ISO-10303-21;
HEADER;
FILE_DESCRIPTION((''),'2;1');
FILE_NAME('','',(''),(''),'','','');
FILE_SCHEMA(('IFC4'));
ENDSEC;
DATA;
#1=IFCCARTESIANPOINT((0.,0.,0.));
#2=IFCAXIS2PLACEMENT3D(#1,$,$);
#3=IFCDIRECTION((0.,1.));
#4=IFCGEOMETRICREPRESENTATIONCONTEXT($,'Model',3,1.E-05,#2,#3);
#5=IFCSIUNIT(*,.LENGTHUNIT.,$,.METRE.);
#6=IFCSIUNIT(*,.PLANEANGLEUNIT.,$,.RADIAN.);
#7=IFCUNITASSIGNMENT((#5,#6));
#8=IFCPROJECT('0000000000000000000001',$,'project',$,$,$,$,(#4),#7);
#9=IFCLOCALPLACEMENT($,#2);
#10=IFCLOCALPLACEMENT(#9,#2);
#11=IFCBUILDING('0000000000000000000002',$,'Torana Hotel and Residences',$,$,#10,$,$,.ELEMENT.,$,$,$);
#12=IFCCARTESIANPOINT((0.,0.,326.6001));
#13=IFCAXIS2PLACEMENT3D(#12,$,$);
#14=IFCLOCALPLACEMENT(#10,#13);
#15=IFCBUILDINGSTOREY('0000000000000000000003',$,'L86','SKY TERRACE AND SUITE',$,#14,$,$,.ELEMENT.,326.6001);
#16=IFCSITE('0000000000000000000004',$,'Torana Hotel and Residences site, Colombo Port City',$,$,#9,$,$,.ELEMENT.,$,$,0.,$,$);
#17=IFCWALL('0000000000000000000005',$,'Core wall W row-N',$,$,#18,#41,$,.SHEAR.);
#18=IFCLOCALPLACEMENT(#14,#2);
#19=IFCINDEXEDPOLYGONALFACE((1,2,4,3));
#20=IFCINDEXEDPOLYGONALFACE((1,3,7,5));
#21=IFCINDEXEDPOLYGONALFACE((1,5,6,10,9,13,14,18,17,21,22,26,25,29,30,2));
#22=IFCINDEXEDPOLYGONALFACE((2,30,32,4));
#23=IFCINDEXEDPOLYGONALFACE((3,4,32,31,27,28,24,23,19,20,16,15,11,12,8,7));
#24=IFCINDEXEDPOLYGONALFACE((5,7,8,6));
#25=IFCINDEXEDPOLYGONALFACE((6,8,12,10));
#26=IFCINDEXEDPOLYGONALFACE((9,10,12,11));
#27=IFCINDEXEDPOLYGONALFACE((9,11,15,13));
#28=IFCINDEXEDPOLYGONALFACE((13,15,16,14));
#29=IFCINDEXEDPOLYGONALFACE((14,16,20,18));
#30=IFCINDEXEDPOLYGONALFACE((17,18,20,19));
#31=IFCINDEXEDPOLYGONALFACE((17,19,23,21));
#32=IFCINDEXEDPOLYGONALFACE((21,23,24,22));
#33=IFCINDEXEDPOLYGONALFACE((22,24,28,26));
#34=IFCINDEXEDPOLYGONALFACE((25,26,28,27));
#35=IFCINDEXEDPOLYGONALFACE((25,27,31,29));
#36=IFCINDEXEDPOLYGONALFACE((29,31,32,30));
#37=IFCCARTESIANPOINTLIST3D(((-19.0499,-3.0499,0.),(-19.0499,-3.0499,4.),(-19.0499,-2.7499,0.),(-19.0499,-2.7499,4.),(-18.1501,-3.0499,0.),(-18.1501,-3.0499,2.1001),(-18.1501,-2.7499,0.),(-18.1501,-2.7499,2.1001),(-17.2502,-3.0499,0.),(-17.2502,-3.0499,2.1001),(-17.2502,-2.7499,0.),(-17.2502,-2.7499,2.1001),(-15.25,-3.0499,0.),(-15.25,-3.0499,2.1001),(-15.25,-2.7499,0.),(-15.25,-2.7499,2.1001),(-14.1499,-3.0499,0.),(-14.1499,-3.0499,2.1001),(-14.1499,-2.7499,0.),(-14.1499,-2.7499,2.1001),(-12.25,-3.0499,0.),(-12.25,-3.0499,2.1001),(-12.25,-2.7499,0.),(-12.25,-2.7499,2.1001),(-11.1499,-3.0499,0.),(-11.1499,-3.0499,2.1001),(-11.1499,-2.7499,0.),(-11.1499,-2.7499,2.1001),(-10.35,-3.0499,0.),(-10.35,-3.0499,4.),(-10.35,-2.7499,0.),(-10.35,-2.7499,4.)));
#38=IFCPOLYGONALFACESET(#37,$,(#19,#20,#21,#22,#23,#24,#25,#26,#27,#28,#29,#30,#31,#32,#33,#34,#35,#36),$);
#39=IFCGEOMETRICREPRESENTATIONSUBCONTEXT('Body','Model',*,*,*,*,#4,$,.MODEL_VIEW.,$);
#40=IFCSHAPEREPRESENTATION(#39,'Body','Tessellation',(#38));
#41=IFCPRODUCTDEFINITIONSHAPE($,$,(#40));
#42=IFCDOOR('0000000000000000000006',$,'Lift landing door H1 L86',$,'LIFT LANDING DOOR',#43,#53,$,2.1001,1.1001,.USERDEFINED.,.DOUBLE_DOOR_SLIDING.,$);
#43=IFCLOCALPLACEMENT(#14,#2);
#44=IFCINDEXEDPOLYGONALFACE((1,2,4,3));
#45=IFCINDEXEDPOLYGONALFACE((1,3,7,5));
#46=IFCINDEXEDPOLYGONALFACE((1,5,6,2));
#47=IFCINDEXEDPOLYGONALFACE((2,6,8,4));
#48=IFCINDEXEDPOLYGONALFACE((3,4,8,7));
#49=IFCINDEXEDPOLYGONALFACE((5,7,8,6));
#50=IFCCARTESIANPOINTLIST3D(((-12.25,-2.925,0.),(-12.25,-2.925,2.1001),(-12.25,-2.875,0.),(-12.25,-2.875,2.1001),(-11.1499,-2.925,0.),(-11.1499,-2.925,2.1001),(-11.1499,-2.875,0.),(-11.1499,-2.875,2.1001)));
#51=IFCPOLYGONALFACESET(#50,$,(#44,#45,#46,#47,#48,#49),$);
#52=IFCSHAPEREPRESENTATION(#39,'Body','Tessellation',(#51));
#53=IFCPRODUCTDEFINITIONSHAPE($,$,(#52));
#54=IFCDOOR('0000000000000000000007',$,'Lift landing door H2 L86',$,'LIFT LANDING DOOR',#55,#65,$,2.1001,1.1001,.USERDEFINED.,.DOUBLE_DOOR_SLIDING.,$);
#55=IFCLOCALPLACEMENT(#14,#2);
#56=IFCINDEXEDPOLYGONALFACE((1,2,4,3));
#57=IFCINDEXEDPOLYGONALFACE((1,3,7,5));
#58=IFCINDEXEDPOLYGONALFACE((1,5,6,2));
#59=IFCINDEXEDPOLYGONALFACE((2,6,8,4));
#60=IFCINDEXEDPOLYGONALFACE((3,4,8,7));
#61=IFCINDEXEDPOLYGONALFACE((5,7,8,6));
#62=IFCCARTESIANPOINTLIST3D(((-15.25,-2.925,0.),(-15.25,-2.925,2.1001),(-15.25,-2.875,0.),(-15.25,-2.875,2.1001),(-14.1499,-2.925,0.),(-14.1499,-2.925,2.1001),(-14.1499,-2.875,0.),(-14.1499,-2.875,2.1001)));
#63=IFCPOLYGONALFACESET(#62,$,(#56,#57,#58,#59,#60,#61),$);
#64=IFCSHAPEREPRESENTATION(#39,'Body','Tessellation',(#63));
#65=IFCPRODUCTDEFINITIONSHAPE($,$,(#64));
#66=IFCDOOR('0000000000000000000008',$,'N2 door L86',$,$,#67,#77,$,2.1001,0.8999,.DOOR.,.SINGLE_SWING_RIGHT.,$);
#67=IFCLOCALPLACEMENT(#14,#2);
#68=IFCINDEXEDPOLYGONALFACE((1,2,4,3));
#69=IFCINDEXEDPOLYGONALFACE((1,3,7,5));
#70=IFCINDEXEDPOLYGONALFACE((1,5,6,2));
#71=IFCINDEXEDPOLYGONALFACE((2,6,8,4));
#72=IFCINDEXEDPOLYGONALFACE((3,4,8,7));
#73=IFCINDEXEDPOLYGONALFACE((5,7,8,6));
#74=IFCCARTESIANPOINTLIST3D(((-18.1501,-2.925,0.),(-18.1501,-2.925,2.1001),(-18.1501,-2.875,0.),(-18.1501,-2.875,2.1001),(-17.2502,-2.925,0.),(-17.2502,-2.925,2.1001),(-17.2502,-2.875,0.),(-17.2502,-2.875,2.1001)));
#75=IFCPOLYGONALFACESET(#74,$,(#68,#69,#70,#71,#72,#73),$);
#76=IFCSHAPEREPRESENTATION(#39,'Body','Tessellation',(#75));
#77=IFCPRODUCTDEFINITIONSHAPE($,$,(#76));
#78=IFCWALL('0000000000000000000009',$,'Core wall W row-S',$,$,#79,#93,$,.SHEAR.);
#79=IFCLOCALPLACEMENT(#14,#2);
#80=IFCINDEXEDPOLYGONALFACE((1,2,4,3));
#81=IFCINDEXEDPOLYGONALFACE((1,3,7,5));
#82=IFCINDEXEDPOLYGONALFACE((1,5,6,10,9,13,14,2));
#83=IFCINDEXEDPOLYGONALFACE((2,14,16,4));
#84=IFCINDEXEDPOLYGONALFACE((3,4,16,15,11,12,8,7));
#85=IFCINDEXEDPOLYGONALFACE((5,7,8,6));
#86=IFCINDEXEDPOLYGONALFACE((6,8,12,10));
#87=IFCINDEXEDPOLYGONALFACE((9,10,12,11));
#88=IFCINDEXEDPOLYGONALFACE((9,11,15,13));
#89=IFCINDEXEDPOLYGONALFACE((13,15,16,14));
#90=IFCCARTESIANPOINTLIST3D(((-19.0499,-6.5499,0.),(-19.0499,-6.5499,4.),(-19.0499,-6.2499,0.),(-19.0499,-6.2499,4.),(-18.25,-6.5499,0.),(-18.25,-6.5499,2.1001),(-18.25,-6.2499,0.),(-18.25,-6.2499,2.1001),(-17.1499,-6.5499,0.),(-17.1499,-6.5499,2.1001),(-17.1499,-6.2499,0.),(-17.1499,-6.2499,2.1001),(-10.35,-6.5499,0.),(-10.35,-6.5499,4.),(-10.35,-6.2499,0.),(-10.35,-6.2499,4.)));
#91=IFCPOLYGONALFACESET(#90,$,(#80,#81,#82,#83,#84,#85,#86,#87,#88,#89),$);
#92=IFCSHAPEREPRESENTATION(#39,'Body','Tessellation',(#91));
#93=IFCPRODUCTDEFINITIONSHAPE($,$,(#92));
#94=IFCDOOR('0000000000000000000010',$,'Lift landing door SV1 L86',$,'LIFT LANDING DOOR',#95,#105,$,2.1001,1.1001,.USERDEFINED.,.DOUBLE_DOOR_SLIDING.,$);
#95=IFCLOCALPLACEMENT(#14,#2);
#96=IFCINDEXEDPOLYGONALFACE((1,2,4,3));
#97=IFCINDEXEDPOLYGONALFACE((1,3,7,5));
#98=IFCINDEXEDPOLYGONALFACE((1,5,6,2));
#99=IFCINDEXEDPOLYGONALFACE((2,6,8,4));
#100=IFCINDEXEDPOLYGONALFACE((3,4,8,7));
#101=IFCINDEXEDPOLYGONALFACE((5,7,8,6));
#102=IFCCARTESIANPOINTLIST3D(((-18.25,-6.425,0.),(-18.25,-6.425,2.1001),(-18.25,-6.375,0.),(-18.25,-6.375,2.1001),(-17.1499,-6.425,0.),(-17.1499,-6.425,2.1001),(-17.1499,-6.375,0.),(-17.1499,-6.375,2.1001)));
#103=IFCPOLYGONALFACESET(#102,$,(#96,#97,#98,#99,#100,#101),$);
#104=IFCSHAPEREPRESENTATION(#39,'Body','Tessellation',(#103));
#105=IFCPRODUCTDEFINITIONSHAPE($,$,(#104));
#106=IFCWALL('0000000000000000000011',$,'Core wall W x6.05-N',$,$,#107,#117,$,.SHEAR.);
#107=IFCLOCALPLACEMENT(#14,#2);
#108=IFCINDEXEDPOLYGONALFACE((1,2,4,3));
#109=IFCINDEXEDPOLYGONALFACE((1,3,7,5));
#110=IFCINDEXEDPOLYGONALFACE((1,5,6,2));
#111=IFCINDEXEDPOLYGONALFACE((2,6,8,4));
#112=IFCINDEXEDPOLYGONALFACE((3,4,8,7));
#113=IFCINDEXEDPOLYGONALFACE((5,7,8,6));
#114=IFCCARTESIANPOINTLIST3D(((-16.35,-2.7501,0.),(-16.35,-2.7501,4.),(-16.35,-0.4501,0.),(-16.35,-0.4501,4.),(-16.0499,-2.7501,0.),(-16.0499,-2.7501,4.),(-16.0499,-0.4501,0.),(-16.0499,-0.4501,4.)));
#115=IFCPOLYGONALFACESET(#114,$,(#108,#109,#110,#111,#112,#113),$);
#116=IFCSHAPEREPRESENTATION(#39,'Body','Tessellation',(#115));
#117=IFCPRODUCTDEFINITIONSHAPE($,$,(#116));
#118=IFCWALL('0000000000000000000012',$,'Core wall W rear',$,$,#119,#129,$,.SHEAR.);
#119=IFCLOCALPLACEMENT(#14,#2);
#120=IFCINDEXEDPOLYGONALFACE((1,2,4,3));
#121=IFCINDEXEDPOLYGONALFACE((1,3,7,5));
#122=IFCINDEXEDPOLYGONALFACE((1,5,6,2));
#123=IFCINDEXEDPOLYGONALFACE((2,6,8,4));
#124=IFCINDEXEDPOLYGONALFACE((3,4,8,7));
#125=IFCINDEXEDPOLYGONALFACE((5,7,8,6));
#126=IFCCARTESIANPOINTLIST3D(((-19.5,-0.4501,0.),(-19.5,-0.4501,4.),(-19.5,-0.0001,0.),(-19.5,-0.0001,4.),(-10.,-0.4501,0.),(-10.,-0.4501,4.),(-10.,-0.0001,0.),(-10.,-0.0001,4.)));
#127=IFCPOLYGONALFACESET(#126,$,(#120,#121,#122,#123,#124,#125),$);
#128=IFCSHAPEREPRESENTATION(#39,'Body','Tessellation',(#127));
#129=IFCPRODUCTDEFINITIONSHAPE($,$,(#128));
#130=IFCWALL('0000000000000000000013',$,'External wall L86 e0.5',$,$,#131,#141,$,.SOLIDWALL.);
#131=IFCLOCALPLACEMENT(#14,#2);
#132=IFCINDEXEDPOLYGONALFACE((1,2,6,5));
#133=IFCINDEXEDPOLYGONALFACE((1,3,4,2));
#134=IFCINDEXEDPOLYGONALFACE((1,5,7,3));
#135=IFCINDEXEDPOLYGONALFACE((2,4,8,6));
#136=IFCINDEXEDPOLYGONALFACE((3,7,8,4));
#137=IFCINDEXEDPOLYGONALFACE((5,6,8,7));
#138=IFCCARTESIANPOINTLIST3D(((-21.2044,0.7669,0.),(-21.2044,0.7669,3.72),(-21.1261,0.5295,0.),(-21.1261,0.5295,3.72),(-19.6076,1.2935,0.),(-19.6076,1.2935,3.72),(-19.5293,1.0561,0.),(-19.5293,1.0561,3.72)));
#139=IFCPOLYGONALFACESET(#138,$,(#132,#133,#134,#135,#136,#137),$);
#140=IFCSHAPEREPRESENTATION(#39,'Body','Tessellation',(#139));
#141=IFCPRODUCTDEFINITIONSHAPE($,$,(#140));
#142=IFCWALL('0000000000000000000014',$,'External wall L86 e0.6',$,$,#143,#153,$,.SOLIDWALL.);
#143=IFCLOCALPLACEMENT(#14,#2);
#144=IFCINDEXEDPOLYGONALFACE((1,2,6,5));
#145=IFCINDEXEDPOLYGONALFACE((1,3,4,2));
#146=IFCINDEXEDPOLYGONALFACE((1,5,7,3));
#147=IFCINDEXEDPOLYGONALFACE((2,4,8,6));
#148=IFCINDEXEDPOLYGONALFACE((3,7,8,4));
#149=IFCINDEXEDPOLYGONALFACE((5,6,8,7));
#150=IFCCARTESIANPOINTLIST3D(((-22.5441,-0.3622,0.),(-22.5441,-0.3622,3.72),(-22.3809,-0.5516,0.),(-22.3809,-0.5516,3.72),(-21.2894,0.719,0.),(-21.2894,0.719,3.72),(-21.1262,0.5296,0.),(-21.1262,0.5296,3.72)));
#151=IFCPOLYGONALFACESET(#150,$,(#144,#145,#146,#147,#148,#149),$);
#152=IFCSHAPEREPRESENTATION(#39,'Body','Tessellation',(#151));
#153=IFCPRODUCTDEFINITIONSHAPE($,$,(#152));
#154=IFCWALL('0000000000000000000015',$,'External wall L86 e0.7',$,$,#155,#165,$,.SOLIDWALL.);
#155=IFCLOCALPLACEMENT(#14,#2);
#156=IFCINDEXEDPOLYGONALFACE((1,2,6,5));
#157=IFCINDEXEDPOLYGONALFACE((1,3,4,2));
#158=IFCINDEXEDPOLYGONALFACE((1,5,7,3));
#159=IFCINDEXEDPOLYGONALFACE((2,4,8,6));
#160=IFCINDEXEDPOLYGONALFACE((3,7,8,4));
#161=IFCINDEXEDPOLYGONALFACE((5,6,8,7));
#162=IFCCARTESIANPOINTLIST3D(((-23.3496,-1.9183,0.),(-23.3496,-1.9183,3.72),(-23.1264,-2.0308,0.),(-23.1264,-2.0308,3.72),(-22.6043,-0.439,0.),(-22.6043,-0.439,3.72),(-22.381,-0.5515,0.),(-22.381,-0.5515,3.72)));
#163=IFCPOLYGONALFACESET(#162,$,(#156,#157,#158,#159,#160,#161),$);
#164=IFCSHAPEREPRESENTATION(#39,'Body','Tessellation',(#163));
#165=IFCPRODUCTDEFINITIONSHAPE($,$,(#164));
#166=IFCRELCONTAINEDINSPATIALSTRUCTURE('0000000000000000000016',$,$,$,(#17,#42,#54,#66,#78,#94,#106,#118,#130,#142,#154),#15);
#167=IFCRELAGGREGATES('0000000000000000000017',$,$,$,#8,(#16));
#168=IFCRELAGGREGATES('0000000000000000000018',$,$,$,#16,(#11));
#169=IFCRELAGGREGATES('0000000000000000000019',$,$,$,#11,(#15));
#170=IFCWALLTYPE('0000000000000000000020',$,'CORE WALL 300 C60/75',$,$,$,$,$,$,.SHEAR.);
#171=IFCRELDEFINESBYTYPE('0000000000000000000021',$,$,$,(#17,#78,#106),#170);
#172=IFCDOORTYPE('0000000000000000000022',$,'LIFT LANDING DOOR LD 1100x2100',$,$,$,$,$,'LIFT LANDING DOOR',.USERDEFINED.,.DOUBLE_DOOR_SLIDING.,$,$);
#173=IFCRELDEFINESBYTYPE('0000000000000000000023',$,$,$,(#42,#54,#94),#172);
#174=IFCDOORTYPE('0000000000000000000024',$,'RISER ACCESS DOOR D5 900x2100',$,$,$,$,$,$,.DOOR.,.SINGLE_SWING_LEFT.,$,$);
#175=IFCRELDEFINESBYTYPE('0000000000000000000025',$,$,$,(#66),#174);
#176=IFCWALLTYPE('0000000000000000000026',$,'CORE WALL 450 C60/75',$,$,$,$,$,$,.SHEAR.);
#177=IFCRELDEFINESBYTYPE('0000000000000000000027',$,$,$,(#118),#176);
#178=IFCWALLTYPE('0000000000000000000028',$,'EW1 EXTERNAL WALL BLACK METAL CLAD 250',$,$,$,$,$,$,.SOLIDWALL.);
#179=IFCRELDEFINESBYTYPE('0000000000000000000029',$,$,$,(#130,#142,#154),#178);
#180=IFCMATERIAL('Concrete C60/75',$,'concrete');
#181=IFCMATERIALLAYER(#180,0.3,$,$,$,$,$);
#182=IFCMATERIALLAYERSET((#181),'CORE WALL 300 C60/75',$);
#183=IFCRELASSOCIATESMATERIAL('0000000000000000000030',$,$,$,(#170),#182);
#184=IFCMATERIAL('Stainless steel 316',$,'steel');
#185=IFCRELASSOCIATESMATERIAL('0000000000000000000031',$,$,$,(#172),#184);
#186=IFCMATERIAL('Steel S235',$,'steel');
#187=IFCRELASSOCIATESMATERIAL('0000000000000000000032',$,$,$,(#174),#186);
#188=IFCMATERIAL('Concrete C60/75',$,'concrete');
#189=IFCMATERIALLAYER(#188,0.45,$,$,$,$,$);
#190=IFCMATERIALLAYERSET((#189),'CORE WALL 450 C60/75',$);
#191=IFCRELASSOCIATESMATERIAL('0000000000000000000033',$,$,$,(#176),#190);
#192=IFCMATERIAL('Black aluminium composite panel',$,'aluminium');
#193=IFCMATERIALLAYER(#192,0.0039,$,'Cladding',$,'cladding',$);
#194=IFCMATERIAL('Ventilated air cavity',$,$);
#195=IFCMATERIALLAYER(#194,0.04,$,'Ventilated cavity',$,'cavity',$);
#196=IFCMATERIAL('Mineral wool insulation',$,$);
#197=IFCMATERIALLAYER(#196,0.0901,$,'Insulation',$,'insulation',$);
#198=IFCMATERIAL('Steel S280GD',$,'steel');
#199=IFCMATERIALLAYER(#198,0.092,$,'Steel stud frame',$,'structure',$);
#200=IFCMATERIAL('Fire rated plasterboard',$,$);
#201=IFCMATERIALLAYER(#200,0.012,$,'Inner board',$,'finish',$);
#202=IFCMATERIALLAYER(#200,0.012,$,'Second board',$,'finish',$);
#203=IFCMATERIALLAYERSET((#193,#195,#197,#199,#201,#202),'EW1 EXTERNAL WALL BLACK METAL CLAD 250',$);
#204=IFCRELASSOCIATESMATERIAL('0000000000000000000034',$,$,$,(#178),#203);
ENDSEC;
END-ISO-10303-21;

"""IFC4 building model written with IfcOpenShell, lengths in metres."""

from ifc_helpers import new_model, si_unit, direction, frame, frame_2d, origin, place, context, subcontext, project, spatial, rectangle, extrude, material, layer, layer_set, type_object, element, fill, save


model = new_model("IFC4")

# Units and contexts
model_context = context("Model", 3, precision=1e-05, world=origin(), true_north=direction((0.0, 1.0)))
body_context = subcontext(model_context, "Body", "Model", "MODEL_VIEW")
ifc_project = project(units=[si_unit("LENGTHUNIT", "METRE"), si_unit("PLANEANGLEUNIT", "RADIAN")], contexts=[model_context])

# Site, building, storey
site_placement = place(None, origin())
site = spatial("IfcSite", under=ifc_project, at=site_placement, Name="Torana Hotel and Residences site, Colombo Port City", CompositionType="ELEMENT", RefElevation=0.0)
building_placement = place(site_placement, origin())
building = spatial("IfcBuilding", under=site, at=building_placement, Name="Torana Hotel and Residences", CompositionType="ELEMENT")
storey_placement = place(building_placement, frame((0.0, 0.0, 326.6001)))
storey = spatial("IfcBuildingStorey", under=building, at=storey_placement, Name="L86", Description="SKY TERRACE AND SUITE", CompositionType="ELEMENT", Elevation=326.6001)

# Wall, openings, doors
ifc_material_1 = material(Name="Concrete C60/75", Category="concrete")
ifc_layer_1 = layer(ifc_material_1, 0.3)
ifc_layer_set_1 = layer_set([ifc_layer_1], Name="CORE WALL 300 C60/75")
wall_type_1 = type_object("IfcWallType", Name="CORE WALL 300 C60/75", PredefinedType="SHEAR", material=ifc_layer_set_1)
wall_1_placement = place(storey_placement, frame((-19.05, -2.8999, 0.0), z_axis=(0.0, 0.0, 1.0), x_axis=(1.0, 0.0, 0.0)))
wall_1 = element("IfcWall", 1, at=wall_1_placement, inside=storey, type_object=wall_type_1, Name="Core wall W row-N", PredefinedType="SHEAR", context=body_context, shape_type="SweptSolid", body=[
    extrude(rectangle(XDim=8.7, YDim=0.3, at=frame_2d((4.3501, 0.0))), origin(), (0.0, 0.0, 1.0), 4.0),
])
opening_1_placement = place(wall_1_placement, frame((6.8, 0.0, 0.0)))
opening_1 = element("IfcOpeningElement", 2, at=opening_1_placement, cuts=wall_1, PredefinedType="OPENING", context=body_context, shape_type="SweptSolid", body=[
    extrude(rectangle(XDim=1.1001, YDim=2.1001, at=frame_2d((0.55, 1.05))), frame((0.0, 0.1599, 0.0), z_axis=(0.0, -1.0, 0.0), x_axis=(1.0, 0.0, 0.0)), (0.0, 0.0, 1.0), 0.3201),
])
opening_2_placement = place(wall_1_placement, frame((3.8, 0.0, 0.0)))
opening_2 = element("IfcOpeningElement", 3, at=opening_2_placement, cuts=wall_1, PredefinedType="OPENING", context=body_context, shape_type="SweptSolid", body=[
    extrude(rectangle(XDim=1.1001, YDim=2.1001, at=frame_2d((0.55, 1.05))), frame((0.0, 0.1599, 0.0), z_axis=(0.0, -1.0, 0.0), x_axis=(1.0, 0.0, 0.0)), (0.0, 0.0, 1.0), 0.3201),
])
opening_3_placement = place(wall_1_placement, frame((0.8999, 0.0, 0.0)))
opening_3 = element("IfcOpeningElement", 4, at=opening_3_placement, cuts=wall_1, PredefinedType="OPENING", context=body_context, shape_type="SweptSolid", body=[
    extrude(rectangle(XDim=0.8999, YDim=2.1001, at=frame_2d((0.45, 1.05))), frame((0.0, 0.1599, 0.0), z_axis=(0.0, -1.0, 0.0), x_axis=(1.0, 0.0, 0.0)), (0.0, 0.0, 1.0), 0.3201),
])
ifc_material_2 = material(Name="Stainless steel 316", Category="steel")
door_type_1 = type_object("IfcDoorType", Name="LIFT LANDING DOOR LD 1100x2100", ElementType="LIFT LANDING DOOR", OperationType="DOUBLE_DOOR_SLIDING", PredefinedType="USERDEFINED", material=ifc_material_2)
door_1_placement = place(opening_1_placement, origin())
door_1 = element("IfcDoor", 5, at=door_1_placement, inside=storey, type_object=door_type_1, Name="Lift landing door H1 L86", ObjectType="LIFT LANDING DOOR", OperationType="DOUBLE_DOOR_SLIDING", OverallHeight=2.1001, OverallWidth=1.1001, PredefinedType="USERDEFINED", context=body_context, shape_type="SweptSolid", body=[
    extrude(rectangle(XDim=1.1001, YDim=2.1001, at=frame_2d((0.55, 1.05))), frame((0.0, 0.0249, 0.0), z_axis=(0.0, -1.0, 0.0), x_axis=(1.0, 0.0, 0.0)), (0.0, 0.0, 1.0), 0.05),
])
fill(opening_1, door_1)
door_2_placement = place(opening_2_placement, origin())
door_2 = element("IfcDoor", 6, at=door_2_placement, inside=storey, type_object=door_type_1, Name="Lift landing door H2 L86", ObjectType="LIFT LANDING DOOR", OperationType="DOUBLE_DOOR_SLIDING", OverallHeight=2.1001, OverallWidth=1.1001, PredefinedType="USERDEFINED", context=body_context, shape_type="SweptSolid", body=[
    extrude(rectangle(XDim=1.1001, YDim=2.1001, at=frame_2d((0.55, 1.05))), frame((0.0, 0.0249, 0.0), z_axis=(0.0, -1.0, 0.0), x_axis=(1.0, 0.0, 0.0)), (0.0, 0.0, 1.0), 0.05),
])
fill(opening_2, door_2)
ifc_material_3 = material(Name="Steel S235", Category="steel")
door_type_2 = type_object("IfcDoorType", Name="RISER ACCESS DOOR D5 900x2100", OperationType="SINGLE_SWING_LEFT", PredefinedType="DOOR", material=ifc_material_3)
door_3_placement = place(opening_3_placement, origin())
door_3 = element("IfcDoor", 7, at=door_3_placement, inside=storey, type_object=door_type_2, Name="N2 door L86", OperationType="SINGLE_SWING_RIGHT", OverallHeight=2.1001, OverallWidth=0.8999, PredefinedType="DOOR", context=body_context, shape_type="SweptSolid", body=[
    extrude(rectangle(XDim=0.8999, YDim=2.1001, at=frame_2d((0.45, 1.05))), frame((0.0, 0.0249, 0.0), z_axis=(0.0, -1.0, 0.0), x_axis=(1.0, 0.0, 0.0)), (0.0, 0.0, 1.0), 0.05),
])
fill(opening_3, door_3)

# Wall, opening, door
wall_2_placement = place(storey_placement, frame((-19.05, -6.3999, 0.0), z_axis=(0.0, 0.0, 1.0), x_axis=(1.0, 0.0, 0.0)))
wall_2 = element("IfcWall", 8, at=wall_2_placement, inside=storey, type_object=wall_type_1, Name="Core wall W row-S", PredefinedType="SHEAR", context=body_context, shape_type="SweptSolid", body=[
    extrude(rectangle(XDim=8.7, YDim=0.3, at=frame_2d((4.3501, 0.0))), origin(), (0.0, 0.0, 1.0), 4.0),
])
opening_4_placement = place(wall_2_placement, frame((0.8, 0.0, 0.0)))
opening_4 = element("IfcOpeningElement", 9, at=opening_4_placement, cuts=wall_2, PredefinedType="OPENING", context=body_context, shape_type="SweptSolid", body=[
    extrude(rectangle(XDim=1.1001, YDim=2.1001, at=frame_2d((0.55, 1.05))), frame((0.0, 0.1599, 0.0), z_axis=(0.0, -1.0, 0.0), x_axis=(1.0, 0.0, 0.0)), (0.0, 0.0, 1.0), 0.3201),
])
door_4_placement = place(opening_4_placement, origin())
door_4 = element("IfcDoor", 10, at=door_4_placement, inside=storey, type_object=door_type_1, Name="Lift landing door SV1 L86", ObjectType="LIFT LANDING DOOR", OperationType="DOUBLE_DOOR_SLIDING", OverallHeight=2.1001, OverallWidth=1.1001, PredefinedType="USERDEFINED", context=body_context, shape_type="SweptSolid", body=[
    extrude(rectangle(XDim=1.1001, YDim=2.1001, at=frame_2d((0.55, 1.05))), frame((0.0, 0.0249, 0.0), z_axis=(0.0, -1.0, 0.0), x_axis=(1.0, 0.0, 0.0)), (0.0, 0.0, 1.0), 0.05),
])
fill(opening_4, door_4)

# Walls
wall_3_placement = place(storey_placement, frame((-16.2, -2.75, 0.0), z_axis=(0.0, 0.0, 1.0), x_axis=(0.0, 1.0, 0.0)))
element("IfcWall", 11, at=wall_3_placement, inside=storey, type_object=wall_type_1, Name="Core wall W x6.05-N", PredefinedType="SHEAR", context=body_context, shape_type="SweptSolid", body=[
    extrude(rectangle(XDim=2.3, YDim=0.3, at=frame_2d((1.1499, 0.0))), origin(), (0.0, 0.0, 1.0), 4.0),
])
ifc_material_4 = material(Name="Concrete C60/75", Category="concrete")
ifc_layer_2 = layer(ifc_material_4, 0.45)
ifc_layer_set_2 = layer_set([ifc_layer_2], Name="CORE WALL 450 C60/75")
wall_type_2 = type_object("IfcWallType", Name="CORE WALL 450 C60/75", PredefinedType="SHEAR", material=ifc_layer_set_2)
wall_4_placement = place(storey_placement, frame((-19.5, -0.2251, 0.0), z_axis=(0.0, 0.0, 1.0), x_axis=(1.0, 0.0, 0.0)))
element("IfcWall", 12, at=wall_4_placement, inside=storey, type_object=wall_type_2, Name="Core wall W rear", PredefinedType="SHEAR", context=body_context, shape_type="SweptSolid", body=[
    extrude(rectangle(XDim=9.5, YDim=0.45, at=frame_2d((4.75, 0.0))), origin(), (0.0, 0.0, 1.0), 4.0),
])
ifc_material_5 = material(Name="Black aluminium composite panel", Category="aluminium")
ifc_layer_3 = layer(ifc_material_5, 0.0039, Name="Cladding", Category="cladding")
ifc_material_6 = material(Name="Ventilated air cavity")
ifc_layer_4 = layer(ifc_material_6, 0.04, Name="Ventilated cavity", Category="cavity")
ifc_material_7 = material(Name="Mineral wool insulation")
ifc_layer_5 = layer(ifc_material_7, 0.0901, Name="Insulation", Category="insulation")
ifc_material_8 = material(Name="Steel S280GD", Category="steel")
ifc_layer_6 = layer(ifc_material_8, 0.092, Name="Steel stud frame", Category="structure")
ifc_material_9 = material(Name="Fire rated plasterboard")
ifc_layer_7 = layer(ifc_material_9, 0.012, Name="Inner board", Category="finish")
ifc_layer_8 = layer(ifc_material_9, 0.012, Name="Second board", Category="finish")
ifc_layer_set_3 = layer_set([ifc_layer_3, ifc_layer_4, ifc_layer_5, ifc_layer_6, ifc_layer_7, ifc_layer_8], Name="EW1 EXTERNAL WALL BLACK METAL CLAD 250")
wall_type_3 = type_object("IfcWallType", Name="EW1 EXTERNAL WALL BLACK METAL CLAD 250", PredefinedType="SOLIDWALL", material=ifc_layer_set_3)
wall_5_placement = place(storey_placement, frame((-19.5684, 1.1748, 0.0), z_axis=(0.0, 0.0, 1.0), x_axis=(-0.949695, -0.313177, 0.0)))
element("IfcWall", 13, at=wall_5_placement, inside=storey, type_object=wall_type_3, Name="External wall L86 e0.5", PredefinedType="SOLIDWALL", context=body_context, shape_type="SweptSolid", body=[
    extrude(rectangle(XDim=1.6814, YDim=0.25, at=frame_2d((0.8408, 0.0))), origin(), (0.0, 0.0, 1.0), 3.72),
])
wall_6_placement = place(storey_placement, frame((-21.2078, 0.6243, 0.0), z_axis=(0.0, 0.0, 1.0), x_axis=(-0.757568, -0.652756, 0.0)))
element("IfcWall", 14, at=wall_6_placement, inside=storey, type_object=wall_type_3, Name="External wall L86 e0.6", PredefinedType="SOLIDWALL", context=body_context, shape_type="SweptSolid", body=[
    extrude(rectangle(XDim=1.6562, YDim=0.25, at=frame_2d((0.8281, 0.0))), origin(), (0.0, 0.0, 1.0), 3.72),
])
wall_7_placement = place(storey_placement, frame((-22.4927, -0.4954, 0.0), z_axis=(0.0, 0.0, 1.0), x_axis=(-0.449982, -0.893037, 0.0)))
element("IfcWall", 15, at=wall_7_placement, inside=storey, type_object=wall_type_3, Name="External wall L86 e0.7", PredefinedType="SOLIDWALL", context=body_context, shape_type="SweptSolid", body=[
    extrude(rectangle(XDim=1.6565, YDim=0.25, at=frame_2d((0.8281, 0.0))), origin(), (0.0, 0.0, 1.0), 3.72),
])

save(model, "model.ifc")
